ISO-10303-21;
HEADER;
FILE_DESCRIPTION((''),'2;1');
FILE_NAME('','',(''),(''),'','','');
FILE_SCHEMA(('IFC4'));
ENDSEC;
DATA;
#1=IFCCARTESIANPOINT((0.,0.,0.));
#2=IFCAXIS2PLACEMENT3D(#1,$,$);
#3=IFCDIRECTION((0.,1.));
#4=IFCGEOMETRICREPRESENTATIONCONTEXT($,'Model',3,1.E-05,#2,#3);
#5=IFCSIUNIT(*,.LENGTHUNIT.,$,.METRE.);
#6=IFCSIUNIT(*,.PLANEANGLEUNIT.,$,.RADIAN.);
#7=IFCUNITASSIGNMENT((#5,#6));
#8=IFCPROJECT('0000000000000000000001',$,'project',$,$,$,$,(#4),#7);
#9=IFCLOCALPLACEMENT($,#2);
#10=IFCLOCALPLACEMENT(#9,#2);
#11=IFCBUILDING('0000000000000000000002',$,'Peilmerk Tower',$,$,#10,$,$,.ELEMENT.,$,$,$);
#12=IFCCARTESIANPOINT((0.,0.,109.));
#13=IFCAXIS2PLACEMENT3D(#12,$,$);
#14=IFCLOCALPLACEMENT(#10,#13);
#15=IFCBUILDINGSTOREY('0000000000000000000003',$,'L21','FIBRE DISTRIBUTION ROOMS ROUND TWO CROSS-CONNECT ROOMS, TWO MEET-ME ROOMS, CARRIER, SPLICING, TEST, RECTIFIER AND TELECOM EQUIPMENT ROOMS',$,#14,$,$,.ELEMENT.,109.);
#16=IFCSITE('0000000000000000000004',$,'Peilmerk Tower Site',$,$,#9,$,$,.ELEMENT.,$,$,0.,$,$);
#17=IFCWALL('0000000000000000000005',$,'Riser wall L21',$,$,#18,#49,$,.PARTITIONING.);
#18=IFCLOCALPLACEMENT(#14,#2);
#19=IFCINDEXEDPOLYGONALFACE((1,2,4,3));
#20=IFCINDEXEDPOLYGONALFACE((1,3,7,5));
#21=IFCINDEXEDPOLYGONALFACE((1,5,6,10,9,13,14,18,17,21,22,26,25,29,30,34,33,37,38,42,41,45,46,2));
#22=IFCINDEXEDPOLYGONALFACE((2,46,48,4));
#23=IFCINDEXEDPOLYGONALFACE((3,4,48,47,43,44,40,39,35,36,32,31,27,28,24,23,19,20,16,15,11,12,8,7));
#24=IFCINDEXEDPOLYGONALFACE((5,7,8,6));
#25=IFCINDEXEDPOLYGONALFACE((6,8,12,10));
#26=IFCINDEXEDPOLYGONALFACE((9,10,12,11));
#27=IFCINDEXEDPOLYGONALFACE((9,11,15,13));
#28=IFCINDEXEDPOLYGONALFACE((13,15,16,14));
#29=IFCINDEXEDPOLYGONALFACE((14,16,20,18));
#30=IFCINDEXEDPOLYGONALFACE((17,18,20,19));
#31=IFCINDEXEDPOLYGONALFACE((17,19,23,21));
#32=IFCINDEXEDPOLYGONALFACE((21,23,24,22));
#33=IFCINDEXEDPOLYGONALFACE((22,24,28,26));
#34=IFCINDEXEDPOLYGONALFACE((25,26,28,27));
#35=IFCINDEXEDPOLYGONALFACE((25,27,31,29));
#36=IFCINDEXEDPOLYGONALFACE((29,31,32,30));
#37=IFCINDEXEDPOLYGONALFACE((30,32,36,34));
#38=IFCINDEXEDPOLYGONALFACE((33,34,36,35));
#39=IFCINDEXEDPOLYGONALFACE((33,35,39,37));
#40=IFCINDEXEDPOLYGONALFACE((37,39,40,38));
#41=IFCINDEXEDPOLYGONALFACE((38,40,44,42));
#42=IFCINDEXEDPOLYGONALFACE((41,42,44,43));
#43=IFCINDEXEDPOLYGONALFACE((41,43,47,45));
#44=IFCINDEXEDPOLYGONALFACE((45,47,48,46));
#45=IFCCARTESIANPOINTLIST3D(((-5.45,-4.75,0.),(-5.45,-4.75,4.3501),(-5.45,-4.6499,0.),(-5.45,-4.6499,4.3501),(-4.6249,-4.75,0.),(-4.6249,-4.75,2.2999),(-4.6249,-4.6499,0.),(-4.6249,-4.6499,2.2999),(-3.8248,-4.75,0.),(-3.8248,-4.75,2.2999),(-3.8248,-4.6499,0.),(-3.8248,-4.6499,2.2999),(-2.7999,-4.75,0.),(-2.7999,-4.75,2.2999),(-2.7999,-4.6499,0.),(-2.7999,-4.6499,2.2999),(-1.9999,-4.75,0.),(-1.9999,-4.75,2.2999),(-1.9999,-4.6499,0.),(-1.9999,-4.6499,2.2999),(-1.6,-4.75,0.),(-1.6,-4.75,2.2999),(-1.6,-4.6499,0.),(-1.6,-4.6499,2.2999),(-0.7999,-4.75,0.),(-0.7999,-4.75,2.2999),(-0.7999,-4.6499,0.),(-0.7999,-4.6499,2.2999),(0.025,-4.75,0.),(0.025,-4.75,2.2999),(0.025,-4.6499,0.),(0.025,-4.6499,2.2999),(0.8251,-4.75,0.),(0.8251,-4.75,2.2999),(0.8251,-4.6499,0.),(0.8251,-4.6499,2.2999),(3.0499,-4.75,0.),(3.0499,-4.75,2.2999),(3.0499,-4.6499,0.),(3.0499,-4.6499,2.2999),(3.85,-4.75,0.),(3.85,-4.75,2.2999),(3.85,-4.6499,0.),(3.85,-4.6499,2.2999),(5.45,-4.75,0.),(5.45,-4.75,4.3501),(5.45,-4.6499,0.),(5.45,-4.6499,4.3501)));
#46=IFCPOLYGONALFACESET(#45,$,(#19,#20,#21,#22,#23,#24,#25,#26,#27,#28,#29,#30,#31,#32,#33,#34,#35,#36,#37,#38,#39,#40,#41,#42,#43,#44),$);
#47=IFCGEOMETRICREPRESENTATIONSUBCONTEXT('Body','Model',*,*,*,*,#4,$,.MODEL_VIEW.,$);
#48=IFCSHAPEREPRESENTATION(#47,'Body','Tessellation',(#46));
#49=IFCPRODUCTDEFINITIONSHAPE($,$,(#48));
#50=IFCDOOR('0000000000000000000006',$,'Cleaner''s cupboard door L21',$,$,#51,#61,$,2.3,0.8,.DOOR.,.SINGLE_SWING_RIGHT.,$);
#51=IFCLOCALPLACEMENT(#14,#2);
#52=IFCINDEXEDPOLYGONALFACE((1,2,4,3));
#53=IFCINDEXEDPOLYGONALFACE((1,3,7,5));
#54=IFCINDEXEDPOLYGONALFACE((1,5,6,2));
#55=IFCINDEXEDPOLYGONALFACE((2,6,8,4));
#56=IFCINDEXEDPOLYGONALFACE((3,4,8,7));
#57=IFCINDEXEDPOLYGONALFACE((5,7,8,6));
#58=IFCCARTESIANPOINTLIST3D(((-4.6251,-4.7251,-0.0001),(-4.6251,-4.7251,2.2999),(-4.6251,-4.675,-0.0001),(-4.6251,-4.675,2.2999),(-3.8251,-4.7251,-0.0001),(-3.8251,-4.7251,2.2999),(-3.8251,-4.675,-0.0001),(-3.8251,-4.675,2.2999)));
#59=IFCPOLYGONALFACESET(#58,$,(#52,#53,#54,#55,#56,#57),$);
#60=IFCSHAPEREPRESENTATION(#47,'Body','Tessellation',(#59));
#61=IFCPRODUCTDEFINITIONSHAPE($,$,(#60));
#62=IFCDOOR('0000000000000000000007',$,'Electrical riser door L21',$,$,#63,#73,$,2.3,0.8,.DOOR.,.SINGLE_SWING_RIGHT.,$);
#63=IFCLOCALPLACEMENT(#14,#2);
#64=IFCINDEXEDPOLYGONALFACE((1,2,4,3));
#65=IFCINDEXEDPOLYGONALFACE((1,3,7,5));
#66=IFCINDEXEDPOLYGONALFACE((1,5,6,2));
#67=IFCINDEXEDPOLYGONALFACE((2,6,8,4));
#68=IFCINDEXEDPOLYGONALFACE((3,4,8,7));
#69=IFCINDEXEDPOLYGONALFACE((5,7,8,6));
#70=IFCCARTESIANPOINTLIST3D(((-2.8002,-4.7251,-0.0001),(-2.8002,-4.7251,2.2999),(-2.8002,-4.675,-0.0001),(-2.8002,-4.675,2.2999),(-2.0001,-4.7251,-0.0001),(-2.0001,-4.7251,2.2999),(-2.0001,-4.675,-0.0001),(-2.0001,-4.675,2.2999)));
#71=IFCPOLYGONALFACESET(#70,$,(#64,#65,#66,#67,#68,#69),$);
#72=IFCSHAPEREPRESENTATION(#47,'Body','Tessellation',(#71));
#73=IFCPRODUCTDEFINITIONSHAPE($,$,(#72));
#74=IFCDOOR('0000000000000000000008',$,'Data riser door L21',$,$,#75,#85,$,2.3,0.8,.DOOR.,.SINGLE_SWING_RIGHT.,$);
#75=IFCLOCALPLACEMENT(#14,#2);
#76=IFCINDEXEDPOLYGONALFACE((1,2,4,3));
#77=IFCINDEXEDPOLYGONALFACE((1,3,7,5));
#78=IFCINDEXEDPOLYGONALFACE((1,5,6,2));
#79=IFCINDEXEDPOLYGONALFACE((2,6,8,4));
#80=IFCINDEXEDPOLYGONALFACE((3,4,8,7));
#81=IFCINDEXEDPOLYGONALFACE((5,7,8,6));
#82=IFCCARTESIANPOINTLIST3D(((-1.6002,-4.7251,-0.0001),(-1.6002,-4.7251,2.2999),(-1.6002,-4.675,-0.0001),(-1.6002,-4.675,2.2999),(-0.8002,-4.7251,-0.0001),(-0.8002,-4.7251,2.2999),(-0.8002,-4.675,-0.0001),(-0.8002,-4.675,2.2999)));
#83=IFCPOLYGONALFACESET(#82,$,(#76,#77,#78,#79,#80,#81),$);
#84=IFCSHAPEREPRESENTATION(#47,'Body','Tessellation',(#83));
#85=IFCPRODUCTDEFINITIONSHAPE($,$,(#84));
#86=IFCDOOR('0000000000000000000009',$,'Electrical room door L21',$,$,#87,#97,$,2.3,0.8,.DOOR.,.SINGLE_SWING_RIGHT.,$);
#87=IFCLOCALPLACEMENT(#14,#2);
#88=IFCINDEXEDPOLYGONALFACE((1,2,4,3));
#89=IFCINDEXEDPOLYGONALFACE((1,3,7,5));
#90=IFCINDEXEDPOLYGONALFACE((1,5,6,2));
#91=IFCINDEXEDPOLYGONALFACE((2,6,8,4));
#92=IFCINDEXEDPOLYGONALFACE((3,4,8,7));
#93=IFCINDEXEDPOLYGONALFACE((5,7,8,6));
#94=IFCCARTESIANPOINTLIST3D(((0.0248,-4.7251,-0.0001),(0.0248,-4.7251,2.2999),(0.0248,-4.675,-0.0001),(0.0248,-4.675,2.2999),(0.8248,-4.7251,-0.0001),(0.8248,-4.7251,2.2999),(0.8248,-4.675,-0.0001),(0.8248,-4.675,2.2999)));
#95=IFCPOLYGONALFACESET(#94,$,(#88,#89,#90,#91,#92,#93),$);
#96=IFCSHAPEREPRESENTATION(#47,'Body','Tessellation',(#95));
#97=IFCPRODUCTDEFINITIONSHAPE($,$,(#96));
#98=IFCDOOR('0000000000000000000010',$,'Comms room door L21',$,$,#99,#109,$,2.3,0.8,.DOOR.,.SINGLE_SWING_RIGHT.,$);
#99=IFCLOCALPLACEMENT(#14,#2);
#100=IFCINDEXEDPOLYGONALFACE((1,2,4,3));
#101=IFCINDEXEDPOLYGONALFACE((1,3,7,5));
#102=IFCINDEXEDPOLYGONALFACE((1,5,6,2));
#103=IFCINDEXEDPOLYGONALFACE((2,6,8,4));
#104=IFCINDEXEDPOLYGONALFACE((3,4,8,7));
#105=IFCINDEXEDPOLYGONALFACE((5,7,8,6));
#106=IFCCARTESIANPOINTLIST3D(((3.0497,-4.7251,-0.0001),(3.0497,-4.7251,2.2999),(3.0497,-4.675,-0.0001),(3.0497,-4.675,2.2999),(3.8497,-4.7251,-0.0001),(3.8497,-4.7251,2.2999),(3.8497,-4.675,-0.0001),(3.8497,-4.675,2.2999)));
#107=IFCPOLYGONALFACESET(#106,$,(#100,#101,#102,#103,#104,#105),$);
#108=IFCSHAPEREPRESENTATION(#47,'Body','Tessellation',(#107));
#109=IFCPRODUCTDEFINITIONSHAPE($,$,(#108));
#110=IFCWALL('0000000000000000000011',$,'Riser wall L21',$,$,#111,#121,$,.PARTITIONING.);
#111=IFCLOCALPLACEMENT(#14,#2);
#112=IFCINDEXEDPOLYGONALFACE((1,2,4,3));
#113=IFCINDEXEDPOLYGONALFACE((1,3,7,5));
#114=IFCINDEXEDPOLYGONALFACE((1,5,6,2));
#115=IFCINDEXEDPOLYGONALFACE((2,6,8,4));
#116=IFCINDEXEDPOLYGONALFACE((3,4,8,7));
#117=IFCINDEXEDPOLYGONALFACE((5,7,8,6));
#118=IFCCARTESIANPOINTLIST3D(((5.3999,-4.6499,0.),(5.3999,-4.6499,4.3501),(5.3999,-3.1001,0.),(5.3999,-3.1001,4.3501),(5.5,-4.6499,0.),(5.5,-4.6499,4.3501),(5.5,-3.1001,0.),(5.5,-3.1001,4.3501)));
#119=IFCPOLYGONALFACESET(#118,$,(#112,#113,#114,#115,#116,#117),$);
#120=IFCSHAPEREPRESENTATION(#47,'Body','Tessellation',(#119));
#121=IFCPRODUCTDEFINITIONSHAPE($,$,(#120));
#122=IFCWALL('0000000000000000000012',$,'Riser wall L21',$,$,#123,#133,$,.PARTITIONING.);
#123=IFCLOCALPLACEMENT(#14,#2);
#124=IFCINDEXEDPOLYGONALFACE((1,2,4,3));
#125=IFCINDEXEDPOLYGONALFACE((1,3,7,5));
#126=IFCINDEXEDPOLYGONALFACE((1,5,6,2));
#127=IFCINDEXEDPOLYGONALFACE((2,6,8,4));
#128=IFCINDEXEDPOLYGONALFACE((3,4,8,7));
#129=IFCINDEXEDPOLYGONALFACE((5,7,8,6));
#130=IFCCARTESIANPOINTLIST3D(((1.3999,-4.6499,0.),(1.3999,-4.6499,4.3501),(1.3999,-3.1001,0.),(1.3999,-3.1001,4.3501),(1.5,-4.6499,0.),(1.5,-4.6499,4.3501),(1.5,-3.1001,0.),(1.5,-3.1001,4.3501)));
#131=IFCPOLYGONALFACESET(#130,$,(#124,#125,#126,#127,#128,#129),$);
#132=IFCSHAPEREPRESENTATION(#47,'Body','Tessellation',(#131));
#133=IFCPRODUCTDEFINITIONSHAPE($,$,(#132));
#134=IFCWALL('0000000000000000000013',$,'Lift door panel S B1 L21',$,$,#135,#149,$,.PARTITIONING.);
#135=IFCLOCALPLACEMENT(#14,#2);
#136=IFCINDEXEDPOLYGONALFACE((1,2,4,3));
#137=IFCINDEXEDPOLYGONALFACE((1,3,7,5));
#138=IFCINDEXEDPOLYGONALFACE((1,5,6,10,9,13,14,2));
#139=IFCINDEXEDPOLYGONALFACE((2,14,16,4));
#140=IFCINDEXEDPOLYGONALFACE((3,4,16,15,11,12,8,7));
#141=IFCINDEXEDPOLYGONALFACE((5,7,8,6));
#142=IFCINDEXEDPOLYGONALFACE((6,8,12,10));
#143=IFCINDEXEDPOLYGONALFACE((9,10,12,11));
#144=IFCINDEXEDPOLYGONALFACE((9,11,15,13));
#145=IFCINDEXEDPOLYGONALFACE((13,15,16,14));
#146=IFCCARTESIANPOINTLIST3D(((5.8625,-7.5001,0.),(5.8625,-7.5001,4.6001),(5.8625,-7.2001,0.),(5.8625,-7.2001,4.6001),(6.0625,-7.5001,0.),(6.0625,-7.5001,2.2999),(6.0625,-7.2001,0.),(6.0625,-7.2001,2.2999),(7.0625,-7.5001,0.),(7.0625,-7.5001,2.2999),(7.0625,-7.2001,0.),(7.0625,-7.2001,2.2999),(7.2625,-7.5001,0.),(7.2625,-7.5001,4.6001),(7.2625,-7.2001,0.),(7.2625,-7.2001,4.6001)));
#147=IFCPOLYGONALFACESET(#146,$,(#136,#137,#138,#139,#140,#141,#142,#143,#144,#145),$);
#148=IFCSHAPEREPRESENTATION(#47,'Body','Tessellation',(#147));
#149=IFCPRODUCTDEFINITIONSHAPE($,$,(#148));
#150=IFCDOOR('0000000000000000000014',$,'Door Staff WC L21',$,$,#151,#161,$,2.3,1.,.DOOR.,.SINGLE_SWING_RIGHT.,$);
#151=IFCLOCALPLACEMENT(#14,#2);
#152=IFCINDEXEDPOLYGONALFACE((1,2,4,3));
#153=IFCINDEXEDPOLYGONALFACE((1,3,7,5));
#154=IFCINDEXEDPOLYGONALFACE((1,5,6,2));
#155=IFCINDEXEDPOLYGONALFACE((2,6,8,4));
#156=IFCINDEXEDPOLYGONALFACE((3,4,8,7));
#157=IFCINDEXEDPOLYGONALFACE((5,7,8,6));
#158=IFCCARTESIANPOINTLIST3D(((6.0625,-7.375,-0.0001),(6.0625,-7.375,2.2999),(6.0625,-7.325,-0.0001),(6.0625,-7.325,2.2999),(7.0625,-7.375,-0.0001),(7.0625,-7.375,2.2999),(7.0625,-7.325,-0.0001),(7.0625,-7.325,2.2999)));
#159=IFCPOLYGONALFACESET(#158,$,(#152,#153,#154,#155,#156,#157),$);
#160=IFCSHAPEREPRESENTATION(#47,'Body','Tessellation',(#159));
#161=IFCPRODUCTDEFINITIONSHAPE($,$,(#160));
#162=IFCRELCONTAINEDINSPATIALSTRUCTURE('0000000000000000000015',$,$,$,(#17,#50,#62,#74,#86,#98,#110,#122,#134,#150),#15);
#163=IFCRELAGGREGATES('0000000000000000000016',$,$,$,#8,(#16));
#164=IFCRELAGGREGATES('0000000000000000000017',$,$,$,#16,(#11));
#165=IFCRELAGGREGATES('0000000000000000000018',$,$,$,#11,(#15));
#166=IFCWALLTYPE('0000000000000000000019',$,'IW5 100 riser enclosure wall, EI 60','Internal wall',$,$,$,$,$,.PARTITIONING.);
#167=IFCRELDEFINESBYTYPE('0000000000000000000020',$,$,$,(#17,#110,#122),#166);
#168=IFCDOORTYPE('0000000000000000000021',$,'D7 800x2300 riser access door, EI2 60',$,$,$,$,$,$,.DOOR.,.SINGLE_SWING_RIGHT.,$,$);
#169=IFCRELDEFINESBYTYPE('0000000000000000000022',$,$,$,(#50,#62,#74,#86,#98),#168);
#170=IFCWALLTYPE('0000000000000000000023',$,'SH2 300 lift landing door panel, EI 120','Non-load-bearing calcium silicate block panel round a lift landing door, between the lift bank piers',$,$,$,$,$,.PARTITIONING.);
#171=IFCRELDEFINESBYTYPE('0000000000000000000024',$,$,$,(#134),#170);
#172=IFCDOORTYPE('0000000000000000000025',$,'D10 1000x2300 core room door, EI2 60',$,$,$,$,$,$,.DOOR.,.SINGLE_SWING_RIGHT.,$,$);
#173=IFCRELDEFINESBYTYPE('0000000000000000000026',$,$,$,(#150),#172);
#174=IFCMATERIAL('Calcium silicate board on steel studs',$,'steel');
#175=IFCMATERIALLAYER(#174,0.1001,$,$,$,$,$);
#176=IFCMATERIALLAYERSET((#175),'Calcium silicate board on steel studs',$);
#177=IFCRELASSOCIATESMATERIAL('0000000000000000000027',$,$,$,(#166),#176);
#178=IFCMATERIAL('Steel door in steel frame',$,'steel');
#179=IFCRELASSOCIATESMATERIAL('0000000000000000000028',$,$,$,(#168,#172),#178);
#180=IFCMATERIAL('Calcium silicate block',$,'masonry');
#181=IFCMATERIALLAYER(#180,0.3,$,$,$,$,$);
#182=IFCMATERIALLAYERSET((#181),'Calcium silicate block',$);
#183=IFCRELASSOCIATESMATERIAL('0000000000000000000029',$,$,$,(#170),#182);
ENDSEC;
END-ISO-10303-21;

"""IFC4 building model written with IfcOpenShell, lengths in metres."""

from ifc_helpers import new_model, si_unit, direction, frame, frame_2d, origin, place, context, subcontext, project, spatial, rectangle, extrude, material, layer, layer_set, type_object, element, fill, save


model = new_model("IFC4")

# Units and contexts
model_context = context("Model", 3, precision=1e-05, world=origin(), true_north=direction((0.0, 1.0)))
body_context = subcontext(model_context, "Body", "Model", "MODEL_VIEW")
ifc_project = project(units=[si_unit("LENGTHUNIT", "METRE"), si_unit("PLANEANGLEUNIT", "RADIAN")], contexts=[model_context])

# Site, building, storey
site_placement = place(None, origin())
site = spatial("IfcSite", under=ifc_project, at=site_placement, Name="Peilmerk Tower Site", CompositionType="ELEMENT", RefElevation=0.0)
building_placement = place(site_placement, origin())
building = spatial("IfcBuilding", under=site, at=building_placement, Name="Peilmerk Tower", CompositionType="ELEMENT")
storey_placement = place(building_placement, frame((0.0, 0.0, 109.0)))
storey = spatial("IfcBuildingStorey", under=building, at=storey_placement, Name="L21", Description="FIBRE DISTRIBUTION ROOMS ROUND TWO CROSS-CONNECT ROOMS, TWO MEET-ME ROOMS, CARRIER, SPLICING, TEST, RECTIFIER AND TELECOM EQUIPMENT ROOMS", CompositionType="ELEMENT", Elevation=109.0)

# Shared definitions
ifc_material_1 = material(Name="Steel door in steel frame", Category="steel")

# Shared definitions
ifc_material_2 = material(Name="Calcium silicate board on steel studs", Category="steel")
ifc_layer_1 = layer(ifc_material_2, 0.1001)
ifc_layer_set_1 = layer_set([ifc_layer_1], Name="Calcium silicate board on steel studs")
wall_type_1 = type_object("IfcWallType", Name="IW5 100 riser enclosure wall, EI 60", Description="Internal wall", PredefinedType="PARTITIONING", material=ifc_layer_set_1)

# Wall, openings, doors
wall_1_placement = place(storey_placement, frame((5.45, -4.7, 0.0), z_axis=(0.0, 0.0, 1.0), x_axis=(-1.0, 0.0, 0.0)))
wall_1 = element("IfcWall", 1, at=wall_1_placement, inside=storey, type_object=wall_type_1, Name="Riser wall L21", PredefinedType="PARTITIONING", context=body_context, shape_type="SweptSolid", body=[
    extrude(rectangle(XDim=10.8999, YDim=0.1001, at=frame_2d((5.45, 0.0))), origin(), (0.0, 0.0, 1.0), 4.3501),
])
opening_1_placement = place(wall_1_placement, frame((9.2749, 0.0, 0.0)))
opening_1 = element("IfcOpeningElement", 2, at=opening_1_placement, cuts=wall_1, PredefinedType="OPENING", context=body_context, shape_type="SweptSolid", body=[
    extrude(rectangle(XDim=0.8, YDim=2.3, at=frame_2d((0.3999, 1.1499))), frame((0.0, 0.0601, 0.0), z_axis=(0.0, -1.0, 0.0), x_axis=(1.0, 0.0, 0.0)), (0.0, 0.0, 1.0), 0.1201),
])
opening_2_placement = place(wall_1_placement, frame((7.45, 0.0, 0.0)))
opening_2 = element("IfcOpeningElement", 3, at=opening_2_placement, cuts=wall_1, PredefinedType="OPENING", context=body_context, shape_type="SweptSolid", body=[
    extrude(rectangle(XDim=0.8, YDim=2.3, at=frame_2d((0.3999, 1.1499))), frame((0.0, 0.0601, 0.0), z_axis=(0.0, -1.0, 0.0), x_axis=(1.0, 0.0, 0.0)), (0.0, 0.0, 1.0), 0.1201),
])
opening_3_placement = place(wall_1_placement, frame((6.25, 0.0, 0.0)))
opening_3 = element("IfcOpeningElement", 4, at=opening_3_placement, cuts=wall_1, PredefinedType="OPENING", context=body_context, shape_type="SweptSolid", body=[
    extrude(rectangle(XDim=0.8, YDim=2.3, at=frame_2d((0.3999, 1.1499))), frame((0.0, 0.0601, 0.0), z_axis=(0.0, -1.0, 0.0), x_axis=(1.0, 0.0, 0.0)), (0.0, 0.0, 1.0), 0.1201),
])
opening_4_placement = place(wall_1_placement, frame((4.625, 0.0, 0.0)))
opening_4 = element("IfcOpeningElement", 5, at=opening_4_placement, cuts=wall_1, PredefinedType="OPENING", context=body_context, shape_type="SweptSolid", body=[
    extrude(rectangle(XDim=0.8, YDim=2.3, at=frame_2d((0.3999, 1.1499))), frame((0.0, 0.0601, 0.0), z_axis=(0.0, -1.0, 0.0), x_axis=(1.0, 0.0, 0.0)), (0.0, 0.0, 1.0), 0.1201),
])
opening_5_placement = place(wall_1_placement, frame((1.6001, 0.0, 0.0)))
opening_5 = element("IfcOpeningElement", 6, at=opening_5_placement, cuts=wall_1, PredefinedType="OPENING", context=body_context, shape_type="SweptSolid", body=[
    extrude(rectangle(XDim=0.8, YDim=2.3, at=frame_2d((0.3999, 1.1499))), frame((0.0, 0.0601, 0.0), z_axis=(0.0, -1.0, 0.0), x_axis=(1.0, 0.0, 0.0)), (0.0, 0.0, 1.0), 0.1201),
])
door_type_1 = type_object("IfcDoorType", Name="D7 800x2300 riser access door, EI2 60", OperationType="SINGLE_SWING_RIGHT", PredefinedType="DOOR", material=ifc_material_1)
door_1_placement = place(opening_1_placement, frame((0.8, 0.0, 0.0), z_axis=(0.0, 0.0, 1.0), x_axis=(-1.0, 0.0, 0.0)))
door_1 = element("IfcDoor", 7, at=door_1_placement, inside=storey, type_object=door_type_1, Name="Cleaner's cupboard door L21", OperationType="SINGLE_SWING_RIGHT", OverallHeight=2.3, OverallWidth=0.8, PredefinedType="DOOR", context=body_context, shape_type="SweptSolid", body=[
    extrude(rectangle(XDim=0.8, YDim=2.3, at=frame_2d((0.3999, 1.1499))), frame((0.0, 0.0249, 0.0), z_axis=(0.0, -1.0, 0.0), x_axis=(1.0, 0.0, 0.0)), (0.0, 0.0, 1.0), 0.05),
])
fill(opening_1, door_1)
door_2_placement = place(opening_2_placement, frame((0.8, 0.0, 0.0), z_axis=(0.0, 0.0, 1.0), x_axis=(-1.0, 0.0, 0.0)))
door_2 = element("IfcDoor", 8, at=door_2_placement, inside=storey, type_object=door_type_1, Name="Electrical riser door L21", OperationType="SINGLE_SWING_RIGHT", OverallHeight=2.3, OverallWidth=0.8, PredefinedType="DOOR", context=body_context, shape_type="SweptSolid", body=[
    extrude(rectangle(XDim=0.8, YDim=2.3, at=frame_2d((0.3999, 1.1499))), frame((0.0, 0.0249, 0.0), z_axis=(0.0, -1.0, 0.0), x_axis=(1.0, 0.0, 0.0)), (0.0, 0.0, 1.0), 0.05),
])
fill(opening_2, door_2)
door_3_placement = place(opening_3_placement, frame((0.8, 0.0, 0.0), z_axis=(0.0, 0.0, 1.0), x_axis=(-1.0, 0.0, 0.0)))
door_3 = element("IfcDoor", 9, at=door_3_placement, inside=storey, type_object=door_type_1, Name="Data riser door L21", OperationType="SINGLE_SWING_RIGHT", OverallHeight=2.3, OverallWidth=0.8, PredefinedType="DOOR", context=body_context, shape_type="SweptSolid", body=[
    extrude(rectangle(XDim=0.8, YDim=2.3, at=frame_2d((0.3999, 1.1499))), frame((0.0, 0.0249, 0.0), z_axis=(0.0, -1.0, 0.0), x_axis=(1.0, 0.0, 0.0)), (0.0, 0.0, 1.0), 0.05),
])
fill(opening_3, door_3)
door_4_placement = place(opening_4_placement, frame((0.8, 0.0, 0.0), z_axis=(0.0, 0.0, 1.0), x_axis=(-1.0, 0.0, 0.0)))
door_4 = element("IfcDoor", 10, at=door_4_placement, inside=storey, type_object=door_type_1, Name="Electrical room door L21", OperationType="SINGLE_SWING_RIGHT", OverallHeight=2.3, OverallWidth=0.8, PredefinedType="DOOR", context=body_context, shape_type="SweptSolid", body=[
    extrude(rectangle(XDim=0.8, YDim=2.3, at=frame_2d((0.3999, 1.1499))), frame((0.0, 0.0249, 0.0), z_axis=(0.0, -1.0, 0.0), x_axis=(1.0, 0.0, 0.0)), (0.0, 0.0, 1.0), 0.05),
])
fill(opening_4, door_4)
door_5_placement = place(opening_5_placement, frame((0.8, 0.0, 0.0), z_axis=(0.0, 0.0, 1.0), x_axis=(-1.0, 0.0, 0.0)))
door_5 = element("IfcDoor", 11, at=door_5_placement, inside=storey, type_object=door_type_1, Name="Comms room door L21", OperationType="SINGLE_SWING_RIGHT", OverallHeight=2.3, OverallWidth=0.8, PredefinedType="DOOR", context=body_context, shape_type="SweptSolid", body=[
    extrude(rectangle(XDim=0.8, YDim=2.3, at=frame_2d((0.3999, 1.1499))), frame((0.0, 0.0249, 0.0), z_axis=(0.0, -1.0, 0.0), x_axis=(1.0, 0.0, 0.0)), (0.0, 0.0, 1.0), 0.05),
])
fill(opening_5, door_5)

# Walls
for number, where, z_axis, x_axis, name in (
    (12, (5.45, -3.1001, 0.0), (0.0, 0.0, 1.0), (0.0, -1.0, 0.0), "Riser wall L21"),
    (13, (1.45, -3.1001, 0.0), (0.0, 0.0, 1.0), (0.0, -1.0, 0.0), "Riser wall L21"),
):
    element("IfcWall", number, at=place(storey_placement, frame(where, z_axis=z_axis, x_axis=x_axis)), inside=storey, type_object=wall_type_1, Name=name, PredefinedType="PARTITIONING", context=body_context, shape_type="SweptSolid", body=[
        extrude(rectangle(XDim=1.5498, YDim=0.1001, at=frame_2d((0.7749, 0.0))), origin(), (0.0, 0.0, 1.0), 4.3501),
    ])

# Wall, opening, door
ifc_material_3 = material(Name="Calcium silicate block", Category="masonry")
ifc_layer_2 = layer(ifc_material_3, 0.3)
ifc_layer_set_2 = layer_set([ifc_layer_2], Name="Calcium silicate block")
wall_type_2 = type_object("IfcWallType", Name="SH2 300 lift landing door panel, EI 120", Description="Non-load-bearing calcium silicate block panel round a lift landing door, between the lift bank piers", PredefinedType="PARTITIONING", material=ifc_layer_set_2)
wall_2_placement = place(storey_placement, frame((5.8625, -7.3501, 0.0), z_axis=(0.0, 0.0, 1.0), x_axis=(1.0, 0.0, 0.0)))
wall_2 = element("IfcWall", 14, at=wall_2_placement, inside=storey, type_object=wall_type_2, Name="Lift door panel S B1 L21", PredefinedType="PARTITIONING", context=body_context, shape_type="SweptSolid", body=[
    extrude(rectangle(XDim=1.3999, YDim=0.3, at=frame_2d((0.7, 0.0))), origin(), (0.0, 0.0, 1.0), 4.6001),
])
opening_6_placement = place(wall_2_placement, frame((0.2, 0.0, 0.0)))
opening_6 = element("IfcOpeningElement", 15, at=opening_6_placement, cuts=wall_2, PredefinedType="OPENING", context=body_context, shape_type="SweptSolid", body=[
    extrude(rectangle(XDim=1.0, YDim=2.3, at=frame_2d((0.5, 1.1499))), frame((0.0, 0.1599, 0.0), z_axis=(0.0, -1.0, 0.0), x_axis=(1.0, 0.0, 0.0)), (0.0, 0.0, 1.0), 0.3201),
])
door_type_2 = type_object("IfcDoorType", Name="D10 1000x2300 core room door, EI2 60", OperationType="SINGLE_SWING_RIGHT", PredefinedType="DOOR", material=ifc_material_1)
door_6_placement = place(opening_6_placement, frame((1.0, 0.0, 0.0), z_axis=(0.0, 0.0, 1.0), x_axis=(-1.0, 0.0, 0.0)))
door_6 = element("IfcDoor", 16, at=door_6_placement, inside=storey, type_object=door_type_2, Name="Door Staff WC L21", OperationType="SINGLE_SWING_RIGHT", OverallHeight=2.3, OverallWidth=1.0, PredefinedType="DOOR", context=body_context, shape_type="SweptSolid", body=[
    extrude(rectangle(XDim=1.0, YDim=2.3, at=frame_2d((0.5, 1.1499))), frame((0.0, 0.0249, 0.0), z_axis=(0.0, -1.0, 0.0), x_axis=(1.0, 0.0, 0.0)), (0.0, 0.0, 1.0), 0.05),
])
fill(opening_6, door_6)

save(model, "model.ifc")
